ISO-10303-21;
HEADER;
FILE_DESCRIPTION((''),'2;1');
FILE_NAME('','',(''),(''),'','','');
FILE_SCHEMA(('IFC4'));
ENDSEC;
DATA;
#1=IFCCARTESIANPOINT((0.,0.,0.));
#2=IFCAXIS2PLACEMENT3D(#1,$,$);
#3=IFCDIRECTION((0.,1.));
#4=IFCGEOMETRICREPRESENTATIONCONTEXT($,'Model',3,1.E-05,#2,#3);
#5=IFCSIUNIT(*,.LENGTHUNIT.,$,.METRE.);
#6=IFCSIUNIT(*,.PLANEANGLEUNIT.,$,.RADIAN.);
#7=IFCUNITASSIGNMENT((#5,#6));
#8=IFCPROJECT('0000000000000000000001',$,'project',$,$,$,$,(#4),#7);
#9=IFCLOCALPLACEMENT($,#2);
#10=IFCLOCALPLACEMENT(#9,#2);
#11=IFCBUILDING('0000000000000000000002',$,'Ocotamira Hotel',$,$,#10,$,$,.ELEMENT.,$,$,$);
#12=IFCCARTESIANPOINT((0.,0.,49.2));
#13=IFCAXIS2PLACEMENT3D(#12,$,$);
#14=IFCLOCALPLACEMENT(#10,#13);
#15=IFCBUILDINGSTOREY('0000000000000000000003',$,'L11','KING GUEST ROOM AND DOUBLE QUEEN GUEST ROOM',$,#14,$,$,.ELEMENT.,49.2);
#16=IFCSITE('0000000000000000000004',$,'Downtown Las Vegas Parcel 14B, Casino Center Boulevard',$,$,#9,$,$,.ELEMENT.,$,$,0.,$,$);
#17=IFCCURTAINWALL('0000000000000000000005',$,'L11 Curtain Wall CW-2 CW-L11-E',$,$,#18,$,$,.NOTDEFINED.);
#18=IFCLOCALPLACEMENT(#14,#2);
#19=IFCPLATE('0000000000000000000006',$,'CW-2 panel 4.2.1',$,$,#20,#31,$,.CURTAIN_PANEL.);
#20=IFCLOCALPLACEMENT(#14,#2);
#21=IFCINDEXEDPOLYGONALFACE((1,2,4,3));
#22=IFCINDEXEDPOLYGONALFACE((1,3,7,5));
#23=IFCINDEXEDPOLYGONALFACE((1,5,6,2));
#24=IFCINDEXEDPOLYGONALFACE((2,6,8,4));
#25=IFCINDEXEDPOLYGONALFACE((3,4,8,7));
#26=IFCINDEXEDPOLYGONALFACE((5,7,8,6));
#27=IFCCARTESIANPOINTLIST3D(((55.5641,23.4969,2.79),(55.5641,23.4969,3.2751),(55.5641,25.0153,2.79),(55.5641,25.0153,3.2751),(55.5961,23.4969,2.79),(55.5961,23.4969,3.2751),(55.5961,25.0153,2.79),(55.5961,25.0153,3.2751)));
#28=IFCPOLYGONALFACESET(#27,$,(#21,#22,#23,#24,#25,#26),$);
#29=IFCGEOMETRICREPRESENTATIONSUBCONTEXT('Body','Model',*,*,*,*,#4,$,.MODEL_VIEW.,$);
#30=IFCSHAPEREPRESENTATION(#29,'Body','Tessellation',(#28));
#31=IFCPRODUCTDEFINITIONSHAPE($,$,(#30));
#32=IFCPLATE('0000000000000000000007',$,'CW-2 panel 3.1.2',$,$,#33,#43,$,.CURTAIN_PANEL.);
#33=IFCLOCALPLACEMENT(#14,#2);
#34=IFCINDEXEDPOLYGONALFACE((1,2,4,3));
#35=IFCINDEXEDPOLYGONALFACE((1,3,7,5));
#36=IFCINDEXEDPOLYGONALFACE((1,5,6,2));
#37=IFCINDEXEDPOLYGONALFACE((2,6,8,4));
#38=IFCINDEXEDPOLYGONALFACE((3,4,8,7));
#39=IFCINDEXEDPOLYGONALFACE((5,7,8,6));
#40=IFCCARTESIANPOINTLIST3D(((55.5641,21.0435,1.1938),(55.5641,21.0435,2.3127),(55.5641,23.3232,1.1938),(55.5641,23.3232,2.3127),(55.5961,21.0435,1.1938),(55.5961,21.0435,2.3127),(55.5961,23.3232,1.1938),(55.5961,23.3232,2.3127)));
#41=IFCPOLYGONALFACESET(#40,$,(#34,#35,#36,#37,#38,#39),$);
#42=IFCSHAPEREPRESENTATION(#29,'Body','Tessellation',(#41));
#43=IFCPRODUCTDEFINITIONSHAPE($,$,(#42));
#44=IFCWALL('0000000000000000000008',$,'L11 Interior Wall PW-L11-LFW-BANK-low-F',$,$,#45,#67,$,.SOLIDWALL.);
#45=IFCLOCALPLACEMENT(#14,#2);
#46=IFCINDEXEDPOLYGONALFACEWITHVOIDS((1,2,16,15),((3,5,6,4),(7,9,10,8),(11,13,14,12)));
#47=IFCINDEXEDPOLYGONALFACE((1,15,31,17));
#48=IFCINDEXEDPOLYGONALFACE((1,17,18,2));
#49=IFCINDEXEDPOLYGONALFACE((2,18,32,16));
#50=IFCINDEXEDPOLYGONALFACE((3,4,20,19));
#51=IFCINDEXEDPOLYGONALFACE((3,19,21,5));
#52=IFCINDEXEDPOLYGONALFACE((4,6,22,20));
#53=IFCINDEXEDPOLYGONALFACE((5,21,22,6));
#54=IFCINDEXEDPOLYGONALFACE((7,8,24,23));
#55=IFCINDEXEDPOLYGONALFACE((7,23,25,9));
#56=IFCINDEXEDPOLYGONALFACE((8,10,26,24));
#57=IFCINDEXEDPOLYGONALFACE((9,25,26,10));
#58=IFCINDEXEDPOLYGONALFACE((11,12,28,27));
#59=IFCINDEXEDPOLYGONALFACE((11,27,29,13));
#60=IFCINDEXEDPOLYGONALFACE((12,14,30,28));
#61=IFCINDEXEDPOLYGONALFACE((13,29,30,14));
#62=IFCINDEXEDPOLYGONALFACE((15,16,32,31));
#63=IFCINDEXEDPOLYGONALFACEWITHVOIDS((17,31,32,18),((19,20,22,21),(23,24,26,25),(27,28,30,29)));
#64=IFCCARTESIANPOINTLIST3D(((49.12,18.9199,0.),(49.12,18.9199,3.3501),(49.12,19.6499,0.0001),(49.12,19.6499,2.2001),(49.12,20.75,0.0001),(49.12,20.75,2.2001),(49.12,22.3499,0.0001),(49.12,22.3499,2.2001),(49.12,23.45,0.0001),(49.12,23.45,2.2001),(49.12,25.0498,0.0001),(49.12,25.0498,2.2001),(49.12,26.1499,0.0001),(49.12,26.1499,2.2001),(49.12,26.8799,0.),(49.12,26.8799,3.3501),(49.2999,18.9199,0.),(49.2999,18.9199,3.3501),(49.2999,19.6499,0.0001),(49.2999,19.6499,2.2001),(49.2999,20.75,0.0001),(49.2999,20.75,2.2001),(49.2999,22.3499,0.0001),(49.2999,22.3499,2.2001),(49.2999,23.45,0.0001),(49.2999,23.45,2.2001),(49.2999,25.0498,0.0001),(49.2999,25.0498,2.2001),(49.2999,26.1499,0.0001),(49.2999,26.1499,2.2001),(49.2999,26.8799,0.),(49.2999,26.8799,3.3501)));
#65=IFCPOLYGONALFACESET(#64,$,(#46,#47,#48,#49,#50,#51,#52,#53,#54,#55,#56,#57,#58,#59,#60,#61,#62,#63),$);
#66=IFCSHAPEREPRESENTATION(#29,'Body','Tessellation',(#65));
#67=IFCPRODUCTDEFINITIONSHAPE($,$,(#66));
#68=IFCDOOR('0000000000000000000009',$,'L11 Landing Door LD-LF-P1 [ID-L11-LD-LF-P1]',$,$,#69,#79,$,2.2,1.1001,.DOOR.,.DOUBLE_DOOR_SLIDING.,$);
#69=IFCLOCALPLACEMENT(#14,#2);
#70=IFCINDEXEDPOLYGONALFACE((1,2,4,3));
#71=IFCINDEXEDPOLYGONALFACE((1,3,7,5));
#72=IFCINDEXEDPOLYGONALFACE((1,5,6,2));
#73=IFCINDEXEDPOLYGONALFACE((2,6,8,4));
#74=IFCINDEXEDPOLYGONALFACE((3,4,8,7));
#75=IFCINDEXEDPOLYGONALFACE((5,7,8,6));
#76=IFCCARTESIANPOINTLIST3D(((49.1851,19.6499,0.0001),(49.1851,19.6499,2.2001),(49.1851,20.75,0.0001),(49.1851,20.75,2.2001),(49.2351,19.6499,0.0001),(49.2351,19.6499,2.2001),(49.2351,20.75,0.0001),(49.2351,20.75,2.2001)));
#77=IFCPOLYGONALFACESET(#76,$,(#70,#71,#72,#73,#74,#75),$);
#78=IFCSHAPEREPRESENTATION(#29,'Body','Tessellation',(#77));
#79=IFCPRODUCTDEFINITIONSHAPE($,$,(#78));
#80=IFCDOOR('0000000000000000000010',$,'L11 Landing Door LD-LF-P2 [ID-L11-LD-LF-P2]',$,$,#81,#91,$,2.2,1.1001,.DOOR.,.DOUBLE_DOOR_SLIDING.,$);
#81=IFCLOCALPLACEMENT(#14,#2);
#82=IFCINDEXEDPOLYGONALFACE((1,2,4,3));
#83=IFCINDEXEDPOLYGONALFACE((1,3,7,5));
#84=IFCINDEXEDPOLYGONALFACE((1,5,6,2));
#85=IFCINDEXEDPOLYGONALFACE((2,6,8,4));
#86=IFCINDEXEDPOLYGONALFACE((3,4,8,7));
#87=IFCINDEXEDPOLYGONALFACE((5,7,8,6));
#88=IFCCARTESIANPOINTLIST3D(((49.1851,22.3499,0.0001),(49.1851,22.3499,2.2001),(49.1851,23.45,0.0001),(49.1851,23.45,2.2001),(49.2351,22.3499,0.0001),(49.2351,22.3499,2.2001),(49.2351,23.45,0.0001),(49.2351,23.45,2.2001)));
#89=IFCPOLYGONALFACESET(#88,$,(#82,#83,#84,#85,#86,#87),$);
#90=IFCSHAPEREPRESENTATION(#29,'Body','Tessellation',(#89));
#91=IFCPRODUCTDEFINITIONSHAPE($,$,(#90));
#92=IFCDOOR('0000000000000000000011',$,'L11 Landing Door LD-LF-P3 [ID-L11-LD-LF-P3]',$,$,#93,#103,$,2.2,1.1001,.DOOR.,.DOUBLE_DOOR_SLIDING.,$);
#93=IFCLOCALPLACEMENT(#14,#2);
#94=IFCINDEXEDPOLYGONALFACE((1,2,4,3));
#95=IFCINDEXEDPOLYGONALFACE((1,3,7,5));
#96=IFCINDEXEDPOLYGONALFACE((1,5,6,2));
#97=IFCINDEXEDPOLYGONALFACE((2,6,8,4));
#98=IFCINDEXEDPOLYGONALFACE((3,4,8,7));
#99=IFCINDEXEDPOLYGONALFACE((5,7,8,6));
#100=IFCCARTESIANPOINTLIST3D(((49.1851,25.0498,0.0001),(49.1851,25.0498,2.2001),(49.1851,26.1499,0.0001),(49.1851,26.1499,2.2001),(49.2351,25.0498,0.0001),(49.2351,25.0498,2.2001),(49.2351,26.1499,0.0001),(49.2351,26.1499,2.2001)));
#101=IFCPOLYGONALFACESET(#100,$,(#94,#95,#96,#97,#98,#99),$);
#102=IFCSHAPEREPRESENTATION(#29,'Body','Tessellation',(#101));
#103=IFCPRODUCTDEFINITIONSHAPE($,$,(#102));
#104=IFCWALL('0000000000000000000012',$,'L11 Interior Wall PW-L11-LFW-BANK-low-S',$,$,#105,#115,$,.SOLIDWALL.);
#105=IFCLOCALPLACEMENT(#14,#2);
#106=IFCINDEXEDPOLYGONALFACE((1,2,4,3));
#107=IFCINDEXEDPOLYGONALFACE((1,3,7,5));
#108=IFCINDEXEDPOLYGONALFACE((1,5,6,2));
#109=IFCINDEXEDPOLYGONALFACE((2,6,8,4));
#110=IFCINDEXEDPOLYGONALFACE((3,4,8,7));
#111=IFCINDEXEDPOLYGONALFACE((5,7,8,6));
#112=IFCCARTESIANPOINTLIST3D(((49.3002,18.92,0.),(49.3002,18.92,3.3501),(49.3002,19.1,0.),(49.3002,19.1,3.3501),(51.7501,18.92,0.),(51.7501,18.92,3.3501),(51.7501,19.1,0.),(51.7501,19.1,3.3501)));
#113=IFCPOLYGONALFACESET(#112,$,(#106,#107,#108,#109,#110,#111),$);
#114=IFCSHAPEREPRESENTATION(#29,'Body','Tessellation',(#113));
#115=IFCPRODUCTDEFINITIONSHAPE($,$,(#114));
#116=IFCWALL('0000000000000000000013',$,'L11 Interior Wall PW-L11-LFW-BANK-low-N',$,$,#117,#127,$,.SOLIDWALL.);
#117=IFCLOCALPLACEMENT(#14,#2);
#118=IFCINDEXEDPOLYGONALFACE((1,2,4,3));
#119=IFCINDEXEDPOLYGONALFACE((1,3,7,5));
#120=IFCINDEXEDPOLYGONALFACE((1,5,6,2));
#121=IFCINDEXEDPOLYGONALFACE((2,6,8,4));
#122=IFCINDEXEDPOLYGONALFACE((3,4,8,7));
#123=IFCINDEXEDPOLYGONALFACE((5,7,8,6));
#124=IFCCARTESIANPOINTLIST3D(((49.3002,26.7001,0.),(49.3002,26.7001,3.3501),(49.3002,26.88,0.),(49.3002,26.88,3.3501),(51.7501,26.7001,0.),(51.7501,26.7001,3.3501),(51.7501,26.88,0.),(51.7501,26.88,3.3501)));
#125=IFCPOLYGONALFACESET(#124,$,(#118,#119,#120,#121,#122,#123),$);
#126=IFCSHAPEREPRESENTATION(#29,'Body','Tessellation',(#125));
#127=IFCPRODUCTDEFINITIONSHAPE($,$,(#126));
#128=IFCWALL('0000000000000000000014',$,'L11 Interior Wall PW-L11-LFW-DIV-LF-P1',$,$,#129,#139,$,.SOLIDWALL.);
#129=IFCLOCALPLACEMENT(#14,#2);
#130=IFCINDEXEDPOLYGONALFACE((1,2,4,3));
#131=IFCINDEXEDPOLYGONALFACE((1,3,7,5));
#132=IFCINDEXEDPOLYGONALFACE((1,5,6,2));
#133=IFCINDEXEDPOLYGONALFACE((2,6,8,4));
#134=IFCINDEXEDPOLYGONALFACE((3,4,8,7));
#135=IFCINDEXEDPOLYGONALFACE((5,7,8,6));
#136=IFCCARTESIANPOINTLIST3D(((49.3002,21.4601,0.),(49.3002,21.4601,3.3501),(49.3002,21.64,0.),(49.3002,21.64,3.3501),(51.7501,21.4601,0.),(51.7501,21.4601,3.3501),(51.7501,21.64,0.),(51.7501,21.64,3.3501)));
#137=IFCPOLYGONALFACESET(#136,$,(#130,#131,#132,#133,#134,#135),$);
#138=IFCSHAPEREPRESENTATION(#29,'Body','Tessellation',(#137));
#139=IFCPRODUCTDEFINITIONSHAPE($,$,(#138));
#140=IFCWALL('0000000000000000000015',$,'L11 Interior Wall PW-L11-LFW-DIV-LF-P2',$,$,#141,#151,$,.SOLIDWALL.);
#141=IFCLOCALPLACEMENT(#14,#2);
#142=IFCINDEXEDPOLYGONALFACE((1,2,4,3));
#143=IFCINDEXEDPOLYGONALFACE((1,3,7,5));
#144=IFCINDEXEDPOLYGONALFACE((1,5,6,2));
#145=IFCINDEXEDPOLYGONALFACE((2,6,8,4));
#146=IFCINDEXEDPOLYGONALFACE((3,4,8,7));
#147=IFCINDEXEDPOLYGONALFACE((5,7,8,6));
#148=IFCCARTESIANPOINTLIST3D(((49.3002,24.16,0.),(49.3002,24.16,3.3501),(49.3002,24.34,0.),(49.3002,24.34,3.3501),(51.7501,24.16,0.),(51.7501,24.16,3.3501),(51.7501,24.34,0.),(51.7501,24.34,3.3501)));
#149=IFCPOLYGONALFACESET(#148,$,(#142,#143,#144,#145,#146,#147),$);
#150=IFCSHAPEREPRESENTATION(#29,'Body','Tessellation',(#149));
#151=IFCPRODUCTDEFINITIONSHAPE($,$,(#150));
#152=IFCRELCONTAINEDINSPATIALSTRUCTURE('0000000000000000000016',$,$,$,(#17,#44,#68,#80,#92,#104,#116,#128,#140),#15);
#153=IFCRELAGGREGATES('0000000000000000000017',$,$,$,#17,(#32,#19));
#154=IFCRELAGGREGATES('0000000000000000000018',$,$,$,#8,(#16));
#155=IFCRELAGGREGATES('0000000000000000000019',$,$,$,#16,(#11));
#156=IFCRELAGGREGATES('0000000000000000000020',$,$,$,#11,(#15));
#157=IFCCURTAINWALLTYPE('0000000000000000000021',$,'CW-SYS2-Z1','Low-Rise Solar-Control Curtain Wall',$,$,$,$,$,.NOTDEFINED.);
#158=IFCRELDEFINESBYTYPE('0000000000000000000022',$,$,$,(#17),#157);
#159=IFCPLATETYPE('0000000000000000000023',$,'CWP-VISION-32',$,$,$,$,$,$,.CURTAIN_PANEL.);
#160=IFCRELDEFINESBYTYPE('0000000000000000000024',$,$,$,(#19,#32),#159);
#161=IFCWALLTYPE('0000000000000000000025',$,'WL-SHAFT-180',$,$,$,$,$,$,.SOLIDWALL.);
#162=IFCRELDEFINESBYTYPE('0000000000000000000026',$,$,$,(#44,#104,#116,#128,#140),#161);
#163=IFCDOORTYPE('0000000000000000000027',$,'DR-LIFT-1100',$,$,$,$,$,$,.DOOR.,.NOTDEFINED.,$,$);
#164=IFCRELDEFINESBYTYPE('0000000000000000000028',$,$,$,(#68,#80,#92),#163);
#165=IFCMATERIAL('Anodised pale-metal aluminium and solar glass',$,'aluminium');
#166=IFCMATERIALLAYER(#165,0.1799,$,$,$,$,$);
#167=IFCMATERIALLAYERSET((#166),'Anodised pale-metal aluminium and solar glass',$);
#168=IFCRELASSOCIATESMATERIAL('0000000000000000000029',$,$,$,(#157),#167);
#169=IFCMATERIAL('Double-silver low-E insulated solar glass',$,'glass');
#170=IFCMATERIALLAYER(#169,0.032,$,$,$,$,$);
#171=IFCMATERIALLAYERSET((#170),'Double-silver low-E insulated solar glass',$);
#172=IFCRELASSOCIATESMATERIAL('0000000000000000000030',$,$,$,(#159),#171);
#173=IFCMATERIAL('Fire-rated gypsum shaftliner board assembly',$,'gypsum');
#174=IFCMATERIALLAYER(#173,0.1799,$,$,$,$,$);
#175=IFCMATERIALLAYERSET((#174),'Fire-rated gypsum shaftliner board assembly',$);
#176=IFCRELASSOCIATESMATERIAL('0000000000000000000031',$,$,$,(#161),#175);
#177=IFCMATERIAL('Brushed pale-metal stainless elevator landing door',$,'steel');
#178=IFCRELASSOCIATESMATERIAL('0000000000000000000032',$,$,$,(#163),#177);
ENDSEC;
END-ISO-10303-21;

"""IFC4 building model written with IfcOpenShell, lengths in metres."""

from ifc_helpers import new_model, si_unit, direction, frame, frame_2d, origin, origin_2d, place, context, subcontext, project, spatial, rectangle, extrude, source, transform, mapped, material, layer, layer_set, type_object, element, fill, aggregate, save


model = new_model("IFC4")

# Units and contexts
model_context = context("Model", 3, precision=1e-05, world=origin(), true_north=direction((0.0, 1.0)))
body_context = subcontext(model_context, "Body", "Model", "MODEL_VIEW")
ifc_project = project(units=[si_unit("LENGTHUNIT", "METRE"), si_unit("PLANEANGLEUNIT", "RADIAN")], contexts=[model_context])

# Site, building, storey
site_placement = place(None, origin())
site = spatial("IfcSite", under=ifc_project, at=site_placement, Name="Downtown Las Vegas Parcel 14B, Casino Center Boulevard", CompositionType="ELEMENT", RefElevation=0.0)
building_placement = place(site_placement, origin())
building = spatial("IfcBuilding", under=site, at=building_placement, Name="Ocotamira Hotel", CompositionType="ELEMENT")
storey_placement = place(building_placement, frame((0.0, 0.0, 49.2)))
storey = spatial("IfcBuildingStorey", under=building, at=storey_placement, Name="L11", Description="KING GUEST ROOM AND DOUBLE QUEEN GUEST ROOM", CompositionType="ELEMENT", Elevation=49.2)

# Curtain wall
ifc_material_1 = material(Name="Anodised pale-metal aluminium and solar glass", Category="aluminium")
ifc_layer_1 = layer(ifc_material_1, 0.1799)
ifc_layer_set_1 = layer_set([ifc_layer_1], Name="Anodised pale-metal aluminium and solar glass")
curtain_wall_type = type_object("IfcCurtainWallType", Name="CW-SYS2-Z1", Description="Low-Rise Solar-Control Curtain Wall", PredefinedType="NOTDEFINED", material=ifc_layer_set_1)
curtain_wall_placement = place(storey_placement, origin())
curtain_wall = element("IfcCurtainWall", 1, at=curtain_wall_placement, inside=storey, type_object=curtain_wall_type, Name="L11 Curtain Wall CW-2 CW-L11-E", PredefinedType="NOTDEFINED")

# Plates
ifc_material_2 = material(Name="Double-silver low-E insulated solar glass", Category="glass")
ifc_layer_2 = layer(ifc_material_2, 0.032)
ifc_layer_set_2 = layer_set([ifc_layer_2], Name="Double-silver low-E insulated solar glass")
plate_type_1 = type_object("IfcPlateType", Name="CWP-VISION-32", PredefinedType="CURTAIN_PANEL", material=ifc_layer_set_2)
shared_shape_1 = source(origin(), body_context, "Body", "SweptSolid", [
    extrude(rectangle(XDim=1.5183, YDim=0.032, at=origin_2d()), origin(), (0.0, 0.0, 1.0), 0.4851),
])
plate_1_placement = place(storey_placement, frame((55.5801, 24.2561, 2.79), z_axis=(0.0, 0.0, 1.0), x_axis=(0.0, 1.0, 0.0)))
plate_1 = element("IfcPlate", 2, at=plate_1_placement, type_object=plate_type_1, Name="CW-2 panel 4.2.1", PredefinedType="CURTAIN_PANEL", context=body_context, shape_type="MappedRepresentation", body=[
    mapped(shared_shape_1, transform((0.0, 0.0, 0.0), scale=1.0)),
])
shared_shape_2 = source(origin(), body_context, "Body", "SweptSolid", [
    extrude(rectangle(XDim=2.2798, YDim=0.032, at=origin_2d()), origin(), (0.0, 0.0, 1.0), 1.1189),
])
plate_2_placement = place(storey_placement, frame((55.5801, 22.1833, 1.1938), z_axis=(0.0, 0.0, 1.0), x_axis=(0.0, 1.0, 0.0)))
plate_2 = element("IfcPlate", 3, at=plate_2_placement, type_object=plate_type_1, Name="CW-2 panel 3.1.2", PredefinedType="CURTAIN_PANEL", context=body_context, shape_type="MappedRepresentation", body=[
    mapped(shared_shape_2, transform((0.0, 0.0, 0.0), scale=1.0)),
])
aggregate(curtain_wall, [plate_2, plate_1])

# Wall, openings, doors
ifc_material_3 = material(Name="Fire-rated gypsum shaftliner board assembly", Category="gypsum")
ifc_layer_3 = layer(ifc_material_3, 0.1799)
ifc_layer_set_3 = layer_set([ifc_layer_3], Name="Fire-rated gypsum shaftliner board assembly")
wall_type = type_object("IfcWallType", Name="WL-SHAFT-180", PredefinedType="SOLIDWALL", material=ifc_layer_set_3)
wall_placement = place(storey_placement, frame((49.21, 18.9199, 0.0), z_axis=(0.0, 0.0, 1.0), x_axis=(0.0, 1.0, 0.0)))
wall = element("IfcWall", 4, at=wall_placement, inside=storey, type_object=wall_type, Name="L11 Interior Wall PW-L11-LFW-BANK-low-F", PredefinedType="SOLIDWALL", context=body_context, shape_type="SweptSolid", body=[
    extrude(rectangle(XDim=7.96, YDim=0.1799, at=frame_2d((3.98, 0.0))), origin(), (0.0, 0.0, 1.0), 3.3501),
])
opening_1_placement = place(wall_placement, frame((0.73, 0.0, 0.0)))
opening_1 = element("IfcOpeningElement", 5, at=opening_1_placement, cuts=wall, PredefinedType="OPENING", context=body_context, shape_type="SweptSolid", body=[
    extrude(rectangle(XDim=1.1001, YDim=2.2, at=frame_2d((0.55, 1.1001))), frame((0.0, 0.1001, 0.0), z_axis=(0.0, -1.0, 0.0), x_axis=(1.0, 0.0, 0.0)), (0.0, 0.0, 1.0), 0.2),
])
opening_2_placement = place(wall_placement, frame((3.4299, 0.0, 0.0)))
opening_2 = element("IfcOpeningElement", 6, at=opening_2_placement, cuts=wall, PredefinedType="OPENING", context=body_context, shape_type="SweptSolid", body=[
    extrude(rectangle(XDim=1.1001, YDim=2.2, at=frame_2d((0.55, 1.1001))), frame((0.0, 0.1001, 0.0), z_axis=(0.0, -1.0, 0.0), x_axis=(1.0, 0.0, 0.0)), (0.0, 0.0, 1.0), 0.2),
])
opening_3_placement = place(wall_placement, frame((6.1299, 0.0, 0.0)))
opening_3 = element("IfcOpeningElement", 7, at=opening_3_placement, cuts=wall, PredefinedType="OPENING", context=body_context, shape_type="SweptSolid", body=[
    extrude(rectangle(XDim=1.1001, YDim=2.2, at=frame_2d((0.55, 1.1001))), frame((0.0, 0.1001, 0.0), z_axis=(0.0, -1.0, 0.0), x_axis=(1.0, 0.0, 0.0)), (0.0, 0.0, 1.0), 0.2),
])
ifc_material_4 = material(Name="Brushed pale-metal stainless elevator landing door", Category="steel")
door_type = type_object("IfcDoorType", Name="DR-LIFT-1100", OperationType="NOTDEFINED", PredefinedType="DOOR", material=ifc_material_4)
shared_shape_3 = source(origin(), body_context, "Body", "SweptSolid", [
    extrude(rectangle(XDim=1.1001, YDim=2.2, at=frame_2d((0.55, 1.1001))), frame((0.0, 0.0249, 0.0), z_axis=(0.0, -1.0, 0.0), x_axis=(1.0, 0.0, 0.0)), (0.0, 0.0, 1.0), 0.05),
])
door_1_placement = place(opening_1_placement, origin())
door_1 = element("IfcDoor", 8, at=door_1_placement, inside=storey, type_object=door_type, Name="L11 Landing Door LD-LF-P1 [ID-L11-LD-LF-P1]", OperationType="DOUBLE_DOOR_SLIDING", OverallHeight=2.2, OverallWidth=1.1001, PredefinedType="DOOR", context=body_context, shape_type="MappedRepresentation", body=[
    mapped(shared_shape_3, transform((0.0, 0.0, 0.0), scale=1.0)),
])
fill(opening_1, door_1)
door_2_placement = place(opening_2_placement, origin())
door_2 = element("IfcDoor", 9, at=door_2_placement, inside=storey, type_object=door_type, Name="L11 Landing Door LD-LF-P2 [ID-L11-LD-LF-P2]", OperationType="DOUBLE_DOOR_SLIDING", OverallHeight=2.2, OverallWidth=1.1001, PredefinedType="DOOR", context=body_context, shape_type="MappedRepresentation", body=[
    mapped(shared_shape_3, transform((0.0, 0.0, 0.0), scale=1.0)),
])
fill(opening_2, door_2)
door_3_placement = place(opening_3_placement, origin())
door_3 = element("IfcDoor", 10, at=door_3_placement, inside=storey, type_object=door_type, Name="L11 Landing Door LD-LF-P3 [ID-L11-LD-LF-P3]", OperationType="DOUBLE_DOOR_SLIDING", OverallHeight=2.2, OverallWidth=1.1001, PredefinedType="DOOR", context=body_context, shape_type="MappedRepresentation", body=[
    mapped(shared_shape_3, transform((0.0, 0.0, 0.0), scale=1.0)),
])
fill(opening_3, door_3)

# Walls
for number, where, z_axis, x_axis, name in (
    (11, (49.3, 19.01, 0.0), (0.0, 0.0, 1.0), (1.0, 0.0, 0.0), "L11 Interior Wall PW-L11-LFW-BANK-low-S"),
    (12, (49.3, 26.79, 0.0), (0.0, 0.0, 1.0), (1.0, 0.0, 0.0), "L11 Interior Wall PW-L11-LFW-BANK-low-N"),
    (13, (49.3, 21.55, 0.0), (0.0, 0.0, 1.0), (1.0, 0.0, 0.0), "L11 Interior Wall PW-L11-LFW-DIV-LF-P1"),
    (14, (49.3, 24.25, 0.0), (0.0, 0.0, 1.0), (1.0, 0.0, 0.0), "L11 Interior Wall PW-L11-LFW-DIV-LF-P2"),
):
    element("IfcWall", number, at=place(storey_placement, frame(where, z_axis=z_axis, x_axis=x_axis)), inside=storey, type_object=wall_type, Name=name, PredefinedType="SOLIDWALL", context=body_context, shape_type="SweptSolid", body=[
        extrude(rectangle(XDim=2.45, YDim=0.1799, at=frame_2d((1.2251, 0.0))), origin(), (0.0, 0.0, 1.0), 3.3501),
    ])

save(model, "model.ifc")
